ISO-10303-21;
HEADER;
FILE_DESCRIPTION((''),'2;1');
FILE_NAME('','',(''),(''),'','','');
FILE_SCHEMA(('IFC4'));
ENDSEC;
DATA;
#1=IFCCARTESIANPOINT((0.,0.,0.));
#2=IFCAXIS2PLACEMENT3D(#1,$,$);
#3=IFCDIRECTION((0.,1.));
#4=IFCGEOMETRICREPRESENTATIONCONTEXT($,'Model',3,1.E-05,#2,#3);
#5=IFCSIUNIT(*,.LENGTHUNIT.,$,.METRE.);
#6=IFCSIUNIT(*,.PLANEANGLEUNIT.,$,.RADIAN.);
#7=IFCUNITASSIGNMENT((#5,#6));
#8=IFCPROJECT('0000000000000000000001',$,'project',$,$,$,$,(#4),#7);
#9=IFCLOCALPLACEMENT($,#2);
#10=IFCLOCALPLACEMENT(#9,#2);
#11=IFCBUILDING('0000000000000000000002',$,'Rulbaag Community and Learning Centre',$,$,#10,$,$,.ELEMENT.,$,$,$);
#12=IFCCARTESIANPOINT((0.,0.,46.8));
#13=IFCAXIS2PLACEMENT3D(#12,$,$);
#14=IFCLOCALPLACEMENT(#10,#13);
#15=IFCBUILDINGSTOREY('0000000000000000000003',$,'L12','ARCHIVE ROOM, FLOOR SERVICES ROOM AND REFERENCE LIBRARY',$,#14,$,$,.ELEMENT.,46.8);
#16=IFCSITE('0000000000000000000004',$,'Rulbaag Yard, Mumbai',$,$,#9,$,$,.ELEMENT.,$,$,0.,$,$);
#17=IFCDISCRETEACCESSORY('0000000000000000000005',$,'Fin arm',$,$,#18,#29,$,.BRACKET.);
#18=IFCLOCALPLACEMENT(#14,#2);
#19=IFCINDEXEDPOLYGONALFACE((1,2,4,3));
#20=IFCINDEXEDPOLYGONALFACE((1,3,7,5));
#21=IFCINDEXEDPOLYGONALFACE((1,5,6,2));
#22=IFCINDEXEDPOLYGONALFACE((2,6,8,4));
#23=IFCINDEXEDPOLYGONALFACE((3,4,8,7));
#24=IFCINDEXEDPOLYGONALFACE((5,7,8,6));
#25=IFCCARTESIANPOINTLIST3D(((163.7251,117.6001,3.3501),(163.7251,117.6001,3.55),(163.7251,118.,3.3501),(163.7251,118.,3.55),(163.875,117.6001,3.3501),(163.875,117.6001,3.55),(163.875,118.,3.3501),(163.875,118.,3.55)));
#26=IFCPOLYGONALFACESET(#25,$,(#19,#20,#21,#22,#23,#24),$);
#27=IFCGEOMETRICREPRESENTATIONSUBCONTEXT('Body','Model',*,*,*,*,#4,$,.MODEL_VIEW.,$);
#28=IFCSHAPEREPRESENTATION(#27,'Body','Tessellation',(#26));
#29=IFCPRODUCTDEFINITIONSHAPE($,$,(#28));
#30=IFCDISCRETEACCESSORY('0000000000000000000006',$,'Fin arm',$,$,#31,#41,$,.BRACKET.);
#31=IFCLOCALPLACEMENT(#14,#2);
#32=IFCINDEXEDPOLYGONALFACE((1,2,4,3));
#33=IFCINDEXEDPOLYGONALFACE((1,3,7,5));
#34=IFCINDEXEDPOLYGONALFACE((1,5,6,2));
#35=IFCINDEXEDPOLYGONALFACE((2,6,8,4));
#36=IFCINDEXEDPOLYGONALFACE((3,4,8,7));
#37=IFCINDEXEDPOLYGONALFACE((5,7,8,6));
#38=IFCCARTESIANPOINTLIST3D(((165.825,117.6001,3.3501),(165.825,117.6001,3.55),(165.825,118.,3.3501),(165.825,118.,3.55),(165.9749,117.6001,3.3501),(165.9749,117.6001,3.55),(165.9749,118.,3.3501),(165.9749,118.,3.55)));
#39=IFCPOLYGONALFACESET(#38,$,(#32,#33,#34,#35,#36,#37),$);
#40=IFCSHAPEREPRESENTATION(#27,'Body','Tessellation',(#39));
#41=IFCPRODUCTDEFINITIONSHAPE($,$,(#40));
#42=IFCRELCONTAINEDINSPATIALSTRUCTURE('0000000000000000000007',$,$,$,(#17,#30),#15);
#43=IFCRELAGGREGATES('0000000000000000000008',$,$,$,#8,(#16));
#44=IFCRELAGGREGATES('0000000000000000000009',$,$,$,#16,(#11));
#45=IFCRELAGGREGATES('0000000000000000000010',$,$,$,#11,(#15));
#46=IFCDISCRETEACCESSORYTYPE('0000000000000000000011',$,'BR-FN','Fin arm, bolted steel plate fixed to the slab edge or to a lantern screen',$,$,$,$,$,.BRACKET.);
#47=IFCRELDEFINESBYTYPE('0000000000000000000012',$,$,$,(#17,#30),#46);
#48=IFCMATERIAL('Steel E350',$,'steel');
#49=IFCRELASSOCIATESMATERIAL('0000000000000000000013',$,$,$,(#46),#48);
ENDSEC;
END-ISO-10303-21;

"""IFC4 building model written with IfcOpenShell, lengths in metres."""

from ifc_helpers import new_model, si_unit, direction, frame, origin, origin_2d, place, context, subcontext, project, spatial, rectangle, extrude, material, type_object, element, save


model = new_model("IFC4")

# Units and contexts
model_context = context("Model", 3, precision=1e-05, world=origin(), true_north=direction((0.0, 1.0)))
body_context = subcontext(model_context, "Body", "Model", "MODEL_VIEW")
ifc_project = project(units=[si_unit("LENGTHUNIT", "METRE"), si_unit("PLANEANGLEUNIT", "RADIAN")], contexts=[model_context])

# Site, building, storey
site_placement = place(None, origin())
site = spatial("IfcSite", under=ifc_project, at=site_placement, Name="Rulbaag Yard, Mumbai", CompositionType="ELEMENT", RefElevation=0.0)
building_placement = place(site_placement, origin())
building = spatial("IfcBuilding", under=site, at=building_placement, Name="Rulbaag Community and Learning Centre", CompositionType="ELEMENT")
storey_placement = place(building_placement, frame((0.0, 0.0, 46.8)))
storey = spatial("IfcBuildingStorey", under=building, at=storey_placement, Name="L12", Description="ARCHIVE ROOM, FLOOR SERVICES ROOM AND REFERENCE LIBRARY", CompositionType="ELEMENT", Elevation=46.8)

# Discrete accessories
ifc_material_1 = material(Name="Steel E350", Category="steel")
discrete_accessory_type = type_object("IfcDiscreteAccessoryType", Name="BR-FN", Description="Fin arm, bolted steel plate fixed to the slab edge or to a lantern screen", PredefinedType="BRACKET", material=ifc_material_1)
for number, where, z_axis, x_axis, name in (
    (1, (163.8, 117.8, 3.3501), (0.0, 0.0, 1.0), (1.0, 0.0, 0.0), "Fin arm"),
    (2, (165.8999, 117.8, 3.3501), (0.0, 0.0, 1.0), (1.0, 0.0, 0.0), "Fin arm"),
):
    element("IfcDiscreteAccessory", number, at=place(storey_placement, frame(where, z_axis=z_axis, x_axis=x_axis)), inside=storey, type_object=discrete_accessory_type, Name=name, PredefinedType="BRACKET", context=body_context, shape_type="SweptSolid", body=[
        extrude(rectangle(XDim=0.1499, YDim=0.3999, at=origin_2d()), origin(), (0.0, 0.0, 1.0), 0.2),
    ])

save(model, "model.ifc")
